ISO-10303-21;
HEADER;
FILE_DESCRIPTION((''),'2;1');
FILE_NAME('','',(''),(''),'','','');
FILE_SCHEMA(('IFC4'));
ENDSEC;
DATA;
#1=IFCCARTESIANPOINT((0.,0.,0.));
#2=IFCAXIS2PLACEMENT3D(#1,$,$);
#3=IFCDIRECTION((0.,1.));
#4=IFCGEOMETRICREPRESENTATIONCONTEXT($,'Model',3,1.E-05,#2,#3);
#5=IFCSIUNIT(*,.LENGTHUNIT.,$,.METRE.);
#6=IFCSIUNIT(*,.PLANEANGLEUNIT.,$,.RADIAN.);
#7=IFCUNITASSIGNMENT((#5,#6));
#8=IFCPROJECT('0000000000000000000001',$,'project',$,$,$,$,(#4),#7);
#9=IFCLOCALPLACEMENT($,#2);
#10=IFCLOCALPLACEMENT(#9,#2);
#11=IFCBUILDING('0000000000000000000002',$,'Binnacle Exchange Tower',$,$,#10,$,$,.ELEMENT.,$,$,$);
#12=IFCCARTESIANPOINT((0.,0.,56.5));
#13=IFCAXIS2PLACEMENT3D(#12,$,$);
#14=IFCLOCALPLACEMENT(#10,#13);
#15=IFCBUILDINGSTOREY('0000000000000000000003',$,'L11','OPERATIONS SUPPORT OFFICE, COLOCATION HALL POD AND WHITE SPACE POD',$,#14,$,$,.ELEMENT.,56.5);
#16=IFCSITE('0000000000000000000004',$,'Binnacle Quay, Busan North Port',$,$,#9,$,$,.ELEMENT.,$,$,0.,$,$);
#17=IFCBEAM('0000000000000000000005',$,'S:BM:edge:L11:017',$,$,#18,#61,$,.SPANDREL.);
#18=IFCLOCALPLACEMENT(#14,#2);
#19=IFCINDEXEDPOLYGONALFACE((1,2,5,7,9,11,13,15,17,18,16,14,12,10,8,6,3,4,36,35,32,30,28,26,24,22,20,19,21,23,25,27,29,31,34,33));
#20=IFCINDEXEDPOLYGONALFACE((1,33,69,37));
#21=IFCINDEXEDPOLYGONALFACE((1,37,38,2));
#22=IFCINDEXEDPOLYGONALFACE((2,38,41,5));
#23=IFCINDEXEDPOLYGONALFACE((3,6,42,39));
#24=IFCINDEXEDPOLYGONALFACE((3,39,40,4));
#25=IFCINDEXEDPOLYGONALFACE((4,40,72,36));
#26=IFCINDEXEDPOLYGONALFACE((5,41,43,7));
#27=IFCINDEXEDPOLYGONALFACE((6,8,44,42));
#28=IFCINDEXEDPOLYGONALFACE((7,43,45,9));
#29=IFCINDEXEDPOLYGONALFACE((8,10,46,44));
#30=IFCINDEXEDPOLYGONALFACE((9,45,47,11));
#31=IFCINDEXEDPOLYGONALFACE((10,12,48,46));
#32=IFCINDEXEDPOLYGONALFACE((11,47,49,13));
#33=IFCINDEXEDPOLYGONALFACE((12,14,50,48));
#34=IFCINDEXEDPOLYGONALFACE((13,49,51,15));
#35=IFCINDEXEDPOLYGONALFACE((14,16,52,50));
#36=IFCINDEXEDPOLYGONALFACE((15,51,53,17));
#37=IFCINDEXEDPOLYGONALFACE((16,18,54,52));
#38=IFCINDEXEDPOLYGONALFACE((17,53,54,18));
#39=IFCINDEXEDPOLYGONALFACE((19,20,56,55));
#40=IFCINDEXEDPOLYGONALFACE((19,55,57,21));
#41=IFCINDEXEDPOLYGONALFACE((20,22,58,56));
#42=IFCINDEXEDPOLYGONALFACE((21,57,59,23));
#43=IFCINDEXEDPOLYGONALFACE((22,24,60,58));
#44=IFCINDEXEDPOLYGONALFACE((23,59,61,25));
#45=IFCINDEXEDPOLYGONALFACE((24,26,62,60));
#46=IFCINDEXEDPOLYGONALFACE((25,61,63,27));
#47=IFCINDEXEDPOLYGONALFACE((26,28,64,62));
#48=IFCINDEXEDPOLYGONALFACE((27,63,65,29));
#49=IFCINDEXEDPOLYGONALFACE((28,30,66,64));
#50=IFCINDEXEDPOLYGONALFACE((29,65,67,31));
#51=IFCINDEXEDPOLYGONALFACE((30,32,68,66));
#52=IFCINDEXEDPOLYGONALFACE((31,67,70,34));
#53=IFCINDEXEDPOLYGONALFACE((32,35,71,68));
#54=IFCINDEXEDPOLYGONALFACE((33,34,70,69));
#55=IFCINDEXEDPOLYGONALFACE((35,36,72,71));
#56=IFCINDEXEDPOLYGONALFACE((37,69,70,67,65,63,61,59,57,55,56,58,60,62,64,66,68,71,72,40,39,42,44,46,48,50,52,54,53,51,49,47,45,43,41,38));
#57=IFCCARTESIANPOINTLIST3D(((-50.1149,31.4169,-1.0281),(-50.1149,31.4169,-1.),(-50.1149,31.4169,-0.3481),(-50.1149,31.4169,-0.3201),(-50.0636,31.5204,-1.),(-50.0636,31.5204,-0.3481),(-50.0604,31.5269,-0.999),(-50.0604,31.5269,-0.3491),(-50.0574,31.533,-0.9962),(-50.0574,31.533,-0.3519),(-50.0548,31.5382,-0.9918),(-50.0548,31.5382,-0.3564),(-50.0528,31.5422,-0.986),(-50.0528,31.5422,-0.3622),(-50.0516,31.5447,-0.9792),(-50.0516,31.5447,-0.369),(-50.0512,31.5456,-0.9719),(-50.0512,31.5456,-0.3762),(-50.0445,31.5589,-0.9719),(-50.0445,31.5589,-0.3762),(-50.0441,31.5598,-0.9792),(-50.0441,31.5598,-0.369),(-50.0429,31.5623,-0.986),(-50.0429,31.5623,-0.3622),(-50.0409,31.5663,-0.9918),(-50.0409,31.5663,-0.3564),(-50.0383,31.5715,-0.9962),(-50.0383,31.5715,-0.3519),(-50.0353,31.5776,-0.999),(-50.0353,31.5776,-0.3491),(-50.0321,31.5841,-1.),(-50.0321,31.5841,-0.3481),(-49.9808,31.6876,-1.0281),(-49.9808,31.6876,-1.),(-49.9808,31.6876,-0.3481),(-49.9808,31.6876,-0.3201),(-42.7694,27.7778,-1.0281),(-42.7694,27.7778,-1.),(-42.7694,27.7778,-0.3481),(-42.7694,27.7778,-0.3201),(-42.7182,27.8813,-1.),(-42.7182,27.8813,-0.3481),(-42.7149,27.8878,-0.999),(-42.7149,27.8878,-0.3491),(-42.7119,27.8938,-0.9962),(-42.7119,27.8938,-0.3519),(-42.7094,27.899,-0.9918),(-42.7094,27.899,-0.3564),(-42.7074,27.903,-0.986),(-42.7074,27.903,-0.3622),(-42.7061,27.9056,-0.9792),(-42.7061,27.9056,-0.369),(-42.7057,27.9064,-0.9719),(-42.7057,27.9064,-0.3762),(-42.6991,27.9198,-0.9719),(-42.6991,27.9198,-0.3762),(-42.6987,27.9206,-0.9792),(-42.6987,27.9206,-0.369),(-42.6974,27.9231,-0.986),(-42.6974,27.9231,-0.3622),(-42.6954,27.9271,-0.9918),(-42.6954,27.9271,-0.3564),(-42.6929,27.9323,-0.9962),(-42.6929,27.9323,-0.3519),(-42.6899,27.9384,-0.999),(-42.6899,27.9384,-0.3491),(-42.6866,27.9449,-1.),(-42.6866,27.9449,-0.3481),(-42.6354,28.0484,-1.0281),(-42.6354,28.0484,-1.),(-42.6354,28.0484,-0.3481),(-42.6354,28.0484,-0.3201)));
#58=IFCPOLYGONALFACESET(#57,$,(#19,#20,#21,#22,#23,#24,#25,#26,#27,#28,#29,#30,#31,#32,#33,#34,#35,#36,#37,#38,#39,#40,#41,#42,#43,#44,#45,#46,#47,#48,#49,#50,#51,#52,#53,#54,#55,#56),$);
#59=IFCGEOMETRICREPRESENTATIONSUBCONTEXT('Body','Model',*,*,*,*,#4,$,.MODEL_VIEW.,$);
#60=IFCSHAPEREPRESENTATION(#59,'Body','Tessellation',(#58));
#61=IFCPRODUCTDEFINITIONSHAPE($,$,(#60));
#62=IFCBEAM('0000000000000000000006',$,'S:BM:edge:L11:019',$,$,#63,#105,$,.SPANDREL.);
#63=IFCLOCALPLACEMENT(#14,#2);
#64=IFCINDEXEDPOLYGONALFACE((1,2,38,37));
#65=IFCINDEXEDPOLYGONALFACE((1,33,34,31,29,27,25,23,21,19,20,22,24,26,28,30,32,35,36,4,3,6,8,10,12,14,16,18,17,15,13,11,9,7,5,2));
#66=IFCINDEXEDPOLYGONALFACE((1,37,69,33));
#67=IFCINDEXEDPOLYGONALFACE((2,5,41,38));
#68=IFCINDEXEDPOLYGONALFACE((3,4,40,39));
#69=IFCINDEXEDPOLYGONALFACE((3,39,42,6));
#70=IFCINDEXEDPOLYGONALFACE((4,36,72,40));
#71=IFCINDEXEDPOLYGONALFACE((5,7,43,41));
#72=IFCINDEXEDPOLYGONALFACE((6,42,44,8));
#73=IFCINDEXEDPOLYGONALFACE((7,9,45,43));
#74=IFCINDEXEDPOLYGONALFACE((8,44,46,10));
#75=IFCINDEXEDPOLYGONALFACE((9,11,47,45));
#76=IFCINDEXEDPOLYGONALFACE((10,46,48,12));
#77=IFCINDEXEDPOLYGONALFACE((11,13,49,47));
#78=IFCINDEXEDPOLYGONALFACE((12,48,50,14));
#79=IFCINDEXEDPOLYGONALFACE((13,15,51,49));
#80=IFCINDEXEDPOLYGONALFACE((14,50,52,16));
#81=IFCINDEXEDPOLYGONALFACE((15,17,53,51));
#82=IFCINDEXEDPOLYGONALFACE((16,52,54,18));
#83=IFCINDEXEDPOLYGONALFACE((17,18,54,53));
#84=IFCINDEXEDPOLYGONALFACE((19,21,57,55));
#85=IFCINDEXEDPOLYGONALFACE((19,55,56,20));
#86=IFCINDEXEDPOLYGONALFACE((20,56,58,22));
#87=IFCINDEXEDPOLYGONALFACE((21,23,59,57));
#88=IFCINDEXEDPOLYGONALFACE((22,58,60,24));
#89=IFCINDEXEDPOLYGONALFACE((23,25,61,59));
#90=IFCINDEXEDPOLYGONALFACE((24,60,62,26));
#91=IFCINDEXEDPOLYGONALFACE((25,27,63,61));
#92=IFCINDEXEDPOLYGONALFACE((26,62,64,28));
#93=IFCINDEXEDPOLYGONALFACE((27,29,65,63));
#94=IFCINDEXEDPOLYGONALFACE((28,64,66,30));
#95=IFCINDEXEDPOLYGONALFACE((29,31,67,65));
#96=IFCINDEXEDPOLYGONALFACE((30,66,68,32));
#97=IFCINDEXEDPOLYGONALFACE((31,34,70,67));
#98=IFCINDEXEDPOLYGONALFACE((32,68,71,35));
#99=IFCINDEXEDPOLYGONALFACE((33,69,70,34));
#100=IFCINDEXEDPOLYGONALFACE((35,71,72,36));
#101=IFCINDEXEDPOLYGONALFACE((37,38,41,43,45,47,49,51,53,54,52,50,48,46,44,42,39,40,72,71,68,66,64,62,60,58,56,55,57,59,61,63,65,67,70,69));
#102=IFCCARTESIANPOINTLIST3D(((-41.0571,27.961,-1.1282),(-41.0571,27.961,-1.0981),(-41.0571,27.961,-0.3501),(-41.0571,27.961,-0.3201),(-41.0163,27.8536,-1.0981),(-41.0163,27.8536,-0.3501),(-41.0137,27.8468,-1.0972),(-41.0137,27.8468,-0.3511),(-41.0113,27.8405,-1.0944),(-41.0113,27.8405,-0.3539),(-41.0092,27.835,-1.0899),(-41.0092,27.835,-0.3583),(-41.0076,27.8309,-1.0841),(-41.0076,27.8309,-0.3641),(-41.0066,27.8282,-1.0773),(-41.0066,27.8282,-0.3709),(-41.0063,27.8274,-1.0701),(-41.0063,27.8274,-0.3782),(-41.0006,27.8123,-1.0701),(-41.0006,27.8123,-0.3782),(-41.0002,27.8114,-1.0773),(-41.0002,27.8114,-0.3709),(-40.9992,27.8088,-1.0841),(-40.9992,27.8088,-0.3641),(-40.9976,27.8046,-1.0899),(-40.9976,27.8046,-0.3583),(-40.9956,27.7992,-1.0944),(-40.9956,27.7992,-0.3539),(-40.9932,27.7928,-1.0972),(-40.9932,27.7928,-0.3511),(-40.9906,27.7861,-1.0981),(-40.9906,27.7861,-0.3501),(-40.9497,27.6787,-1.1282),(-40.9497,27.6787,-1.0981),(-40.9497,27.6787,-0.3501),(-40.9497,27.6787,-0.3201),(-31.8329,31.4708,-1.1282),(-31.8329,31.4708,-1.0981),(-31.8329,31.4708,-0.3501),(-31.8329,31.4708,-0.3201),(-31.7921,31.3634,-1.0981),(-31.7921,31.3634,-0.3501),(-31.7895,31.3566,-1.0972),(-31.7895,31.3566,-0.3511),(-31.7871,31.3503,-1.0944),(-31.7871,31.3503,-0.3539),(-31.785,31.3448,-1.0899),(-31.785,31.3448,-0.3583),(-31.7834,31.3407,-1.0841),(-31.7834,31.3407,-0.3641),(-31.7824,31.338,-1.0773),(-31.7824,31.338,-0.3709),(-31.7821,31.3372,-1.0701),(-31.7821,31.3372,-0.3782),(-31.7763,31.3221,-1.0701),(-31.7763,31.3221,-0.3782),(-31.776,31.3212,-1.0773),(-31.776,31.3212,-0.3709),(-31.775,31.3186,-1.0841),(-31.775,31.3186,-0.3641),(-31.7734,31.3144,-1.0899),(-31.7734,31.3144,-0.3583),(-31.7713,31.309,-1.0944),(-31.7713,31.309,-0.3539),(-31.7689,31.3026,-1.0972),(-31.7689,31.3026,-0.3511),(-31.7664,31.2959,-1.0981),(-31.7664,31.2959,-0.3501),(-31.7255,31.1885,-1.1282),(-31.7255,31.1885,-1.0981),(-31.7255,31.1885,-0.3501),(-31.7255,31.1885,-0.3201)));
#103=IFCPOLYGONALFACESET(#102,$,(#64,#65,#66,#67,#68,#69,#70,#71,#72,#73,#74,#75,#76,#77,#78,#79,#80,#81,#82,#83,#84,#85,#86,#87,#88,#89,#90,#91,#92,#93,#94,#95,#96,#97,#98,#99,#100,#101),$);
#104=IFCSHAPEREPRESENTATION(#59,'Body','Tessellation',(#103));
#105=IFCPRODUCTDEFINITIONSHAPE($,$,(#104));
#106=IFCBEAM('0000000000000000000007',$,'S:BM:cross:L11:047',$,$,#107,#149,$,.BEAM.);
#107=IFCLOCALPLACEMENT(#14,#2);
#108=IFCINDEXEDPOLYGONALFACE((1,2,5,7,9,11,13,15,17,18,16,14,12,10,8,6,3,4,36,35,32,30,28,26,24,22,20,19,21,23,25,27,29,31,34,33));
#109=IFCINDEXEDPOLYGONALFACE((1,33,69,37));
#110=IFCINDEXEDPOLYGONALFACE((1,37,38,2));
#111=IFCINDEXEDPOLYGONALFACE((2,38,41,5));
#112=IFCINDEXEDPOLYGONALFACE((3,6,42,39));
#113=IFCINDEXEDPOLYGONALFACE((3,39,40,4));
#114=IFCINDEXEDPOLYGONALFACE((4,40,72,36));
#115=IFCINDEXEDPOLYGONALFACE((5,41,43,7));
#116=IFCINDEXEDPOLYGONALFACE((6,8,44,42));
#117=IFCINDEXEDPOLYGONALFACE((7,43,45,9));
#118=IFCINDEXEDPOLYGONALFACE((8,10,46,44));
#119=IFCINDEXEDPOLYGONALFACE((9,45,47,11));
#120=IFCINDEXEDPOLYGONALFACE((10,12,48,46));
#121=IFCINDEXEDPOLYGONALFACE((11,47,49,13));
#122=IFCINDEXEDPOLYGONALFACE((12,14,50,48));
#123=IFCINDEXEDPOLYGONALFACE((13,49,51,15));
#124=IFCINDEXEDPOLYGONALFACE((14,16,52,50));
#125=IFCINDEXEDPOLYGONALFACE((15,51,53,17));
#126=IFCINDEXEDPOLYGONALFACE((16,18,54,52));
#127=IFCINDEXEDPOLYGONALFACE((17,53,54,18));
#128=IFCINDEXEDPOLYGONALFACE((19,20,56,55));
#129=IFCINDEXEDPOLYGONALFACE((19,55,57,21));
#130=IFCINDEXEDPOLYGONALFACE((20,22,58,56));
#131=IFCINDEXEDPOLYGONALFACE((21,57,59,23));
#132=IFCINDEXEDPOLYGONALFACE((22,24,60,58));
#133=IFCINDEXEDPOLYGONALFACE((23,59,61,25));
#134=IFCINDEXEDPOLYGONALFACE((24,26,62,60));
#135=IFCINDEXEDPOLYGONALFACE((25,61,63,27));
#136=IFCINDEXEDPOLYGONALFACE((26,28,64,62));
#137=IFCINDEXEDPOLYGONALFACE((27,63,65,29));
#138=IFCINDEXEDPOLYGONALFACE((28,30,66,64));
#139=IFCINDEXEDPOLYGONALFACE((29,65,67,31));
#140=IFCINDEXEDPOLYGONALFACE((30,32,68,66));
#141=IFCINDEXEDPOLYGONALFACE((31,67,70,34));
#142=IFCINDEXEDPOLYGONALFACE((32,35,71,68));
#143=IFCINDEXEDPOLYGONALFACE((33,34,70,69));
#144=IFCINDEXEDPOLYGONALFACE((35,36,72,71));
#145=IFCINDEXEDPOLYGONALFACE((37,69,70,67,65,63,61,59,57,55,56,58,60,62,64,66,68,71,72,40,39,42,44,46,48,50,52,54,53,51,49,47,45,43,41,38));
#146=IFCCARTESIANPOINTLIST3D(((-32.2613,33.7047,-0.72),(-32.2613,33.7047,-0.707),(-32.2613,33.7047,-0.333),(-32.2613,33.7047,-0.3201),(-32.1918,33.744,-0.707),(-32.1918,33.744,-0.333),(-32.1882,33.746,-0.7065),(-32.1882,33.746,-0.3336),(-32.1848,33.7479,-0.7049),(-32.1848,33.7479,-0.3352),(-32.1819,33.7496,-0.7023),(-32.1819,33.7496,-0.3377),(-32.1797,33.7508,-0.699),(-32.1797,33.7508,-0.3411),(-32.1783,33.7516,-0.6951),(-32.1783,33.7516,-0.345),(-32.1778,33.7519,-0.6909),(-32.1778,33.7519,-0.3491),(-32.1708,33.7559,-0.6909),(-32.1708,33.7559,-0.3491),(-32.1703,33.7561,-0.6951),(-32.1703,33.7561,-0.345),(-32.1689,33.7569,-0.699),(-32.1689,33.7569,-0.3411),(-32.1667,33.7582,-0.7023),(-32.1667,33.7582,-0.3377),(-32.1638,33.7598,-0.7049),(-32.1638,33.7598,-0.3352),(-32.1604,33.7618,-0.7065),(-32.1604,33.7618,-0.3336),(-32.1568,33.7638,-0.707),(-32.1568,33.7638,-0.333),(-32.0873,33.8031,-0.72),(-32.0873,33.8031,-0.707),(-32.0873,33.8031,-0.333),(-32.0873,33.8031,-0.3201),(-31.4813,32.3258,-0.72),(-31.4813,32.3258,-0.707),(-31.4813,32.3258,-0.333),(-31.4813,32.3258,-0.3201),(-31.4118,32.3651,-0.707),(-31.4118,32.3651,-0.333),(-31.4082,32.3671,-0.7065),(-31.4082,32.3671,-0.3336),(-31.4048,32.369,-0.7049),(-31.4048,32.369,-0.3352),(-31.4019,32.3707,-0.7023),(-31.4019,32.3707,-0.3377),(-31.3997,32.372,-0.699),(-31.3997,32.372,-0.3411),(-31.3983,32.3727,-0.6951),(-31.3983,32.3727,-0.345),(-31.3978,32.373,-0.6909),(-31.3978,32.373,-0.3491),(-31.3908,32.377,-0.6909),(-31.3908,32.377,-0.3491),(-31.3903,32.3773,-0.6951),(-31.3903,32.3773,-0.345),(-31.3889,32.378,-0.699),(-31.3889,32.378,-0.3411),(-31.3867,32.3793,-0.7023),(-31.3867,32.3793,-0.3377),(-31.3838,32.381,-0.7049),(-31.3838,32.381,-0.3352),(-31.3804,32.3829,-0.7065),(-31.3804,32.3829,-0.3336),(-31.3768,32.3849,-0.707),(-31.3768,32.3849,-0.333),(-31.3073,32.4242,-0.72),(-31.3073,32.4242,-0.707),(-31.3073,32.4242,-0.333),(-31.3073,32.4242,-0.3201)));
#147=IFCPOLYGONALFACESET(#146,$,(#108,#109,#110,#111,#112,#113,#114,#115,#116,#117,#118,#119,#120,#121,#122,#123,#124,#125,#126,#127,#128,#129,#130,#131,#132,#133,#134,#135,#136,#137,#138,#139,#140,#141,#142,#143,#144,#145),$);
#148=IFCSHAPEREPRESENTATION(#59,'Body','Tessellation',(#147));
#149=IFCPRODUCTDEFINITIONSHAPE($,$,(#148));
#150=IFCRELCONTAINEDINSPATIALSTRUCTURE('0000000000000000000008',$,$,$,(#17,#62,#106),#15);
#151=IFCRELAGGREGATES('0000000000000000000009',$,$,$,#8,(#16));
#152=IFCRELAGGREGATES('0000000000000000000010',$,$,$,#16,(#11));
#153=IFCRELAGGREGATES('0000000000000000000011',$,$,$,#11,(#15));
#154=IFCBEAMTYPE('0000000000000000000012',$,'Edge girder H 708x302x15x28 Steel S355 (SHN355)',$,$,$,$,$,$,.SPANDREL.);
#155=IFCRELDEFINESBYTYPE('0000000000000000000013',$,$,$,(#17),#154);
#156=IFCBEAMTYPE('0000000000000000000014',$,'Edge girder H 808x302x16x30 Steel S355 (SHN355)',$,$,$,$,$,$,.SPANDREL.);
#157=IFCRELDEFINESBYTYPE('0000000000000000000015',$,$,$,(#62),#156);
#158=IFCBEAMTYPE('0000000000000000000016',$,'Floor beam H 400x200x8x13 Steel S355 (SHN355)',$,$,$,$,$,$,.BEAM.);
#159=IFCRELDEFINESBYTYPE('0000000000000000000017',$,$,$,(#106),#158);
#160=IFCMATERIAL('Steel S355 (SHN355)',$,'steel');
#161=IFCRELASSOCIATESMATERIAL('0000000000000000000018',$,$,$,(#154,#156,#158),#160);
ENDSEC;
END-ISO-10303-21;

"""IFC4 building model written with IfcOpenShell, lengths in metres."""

from ifc_helpers import new_model, si_unit, direction, frame, origin, origin_2d, place, context, subcontext, project, spatial, i_section, extrude, material, material_profile, profile_set, type_object, element, save


model = new_model("IFC4")

# Units and contexts
model_context = context("Model", 3, precision=1e-05, world=origin(), true_north=direction((0.0, 1.0)))
body_context = subcontext(model_context, "Body", "Model", "MODEL_VIEW")
ifc_project = project(units=[si_unit("LENGTHUNIT", "METRE"), si_unit("PLANEANGLEUNIT", "RADIAN")], contexts=[model_context])

# Site, building, storey
site_placement = place(None, origin())
site = spatial("IfcSite", under=ifc_project, at=site_placement, Name="Binnacle Quay, Busan North Port", CompositionType="ELEMENT", RefElevation=0.0)
building_placement = place(site_placement, origin())
building = spatial("IfcBuilding", under=site, at=building_placement, Name="Binnacle Exchange Tower", CompositionType="ELEMENT")
storey_placement = place(building_placement, frame((0.0, 0.0, 56.5)))
storey = spatial("IfcBuildingStorey", under=building, at=storey_placement, Name="L11", Description="OPERATIONS SUPPORT OFFICE, COLOCATION HALL POD AND WHITE SPACE POD", CompositionType="ELEMENT", Elevation=56.5)

# Beams
ifc_material_1 = material(Name="Steel S355 (SHN355)", Category="steel")
ifc_material_profile_1 = material_profile(ifc_material_1, i_section(OverallWidth=0.302, OverallDepth=0.708, WebThickness=0.0149, FlangeThickness=0.0281, FilletRadius=0.0281, at=origin_2d()), Name="H 708x302x15x28")
ifc_profile_set_1 = profile_set([ifc_material_profile_1], Name="Steel S355 (SHN355)")
beam_type_1 = type_object("IfcBeamType", Name="Edge girder H 708x302x15x28 Steel S355 (SHN355)", PredefinedType="SPANDREL", material=ifc_profile_set_1)
beam_1_placement = place(storey_placement, frame((-50.0479, 31.5522, -0.6741), z_axis=(0.896059, -0.443935, 0.0), x_axis=(0.443935, 0.896059, 0.0)))
element("IfcBeam", 1, at=beam_1_placement, inside=storey, type_object=beam_type_1, Name="S:BM:edge:L11:017", PredefinedType="SPANDREL", context=body_context, shape_type="SweptSolid", body=[
    extrude(i_section(OverallWidth=0.302, OverallDepth=0.708, WebThickness=0.0149, FlangeThickness=0.0281, FilletRadius=0.0281, at=origin_2d()), origin(), (0.0, 0.0, 1.0), 8.1975),
])
ifc_material_profile_2 = material_profile(ifc_material_1, i_section(OverallWidth=0.302, OverallDepth=0.8081, WebThickness=0.0161, FlangeThickness=0.03, FilletRadius=0.0281, at=origin_2d()), Name="H 808x302x16x30")
ifc_profile_set_2 = profile_set([ifc_material_profile_2], Name="Steel S355 (SHN355)")
beam_type_2 = type_object("IfcBeamType", Name="Edge girder H 808x302x16x30 Steel S355 (SHN355)", PredefinedType="SPANDREL", material=ifc_profile_set_2)
beam_2_placement = place(storey_placement, frame((-41.0034, 27.8198, -0.7241), z_axis=(0.934629, 0.355625, 0.0), x_axis=(-0.355625, 0.934629, 0.0)))
element("IfcBeam", 2, at=beam_2_placement, inside=storey, type_object=beam_type_2, Name="S:BM:edge:L11:019", PredefinedType="SPANDREL", context=body_context, shape_type="SweptSolid", body=[
    extrude(i_section(OverallWidth=0.302, OverallDepth=0.8081, WebThickness=0.0161, FlangeThickness=0.03, FilletRadius=0.0281, at=origin_2d()), origin(), (0.0, 0.0, 1.0), 9.8694),
])
ifc_material_profile_3 = material_profile(ifc_material_1, i_section(OverallWidth=0.2, OverallDepth=0.3999, WebThickness=0.0081, FlangeThickness=0.0129, FilletRadius=0.0161, at=origin_2d()), Name="H 400x200x8x13")
ifc_profile_set_3 = profile_set([ifc_material_profile_3], Name="Steel S355 (SHN355)")
beam_type_3 = type_object("IfcBeamType", Name="Floor beam H 400x200x8x13 Steel S355 (SHN355)", PredefinedType="BEAM", material=ifc_profile_set_3)
beam_3_placement = place(storey_placement, frame((-31.3943, 32.375, -0.52), z_axis=(-0.492367, 0.870388, 0.0), x_axis=(-0.870388, -0.492367, 0.0)))
element("IfcBeam", 3, at=beam_3_placement, inside=storey, type_object=beam_type_3, Name="S:BM:cross:L11:047", PredefinedType="BEAM", context=body_context, shape_type="SweptSolid", body=[
    extrude(i_section(OverallWidth=0.2, OverallDepth=0.3999, WebThickness=0.0081, FlangeThickness=0.0129, FilletRadius=0.0161, at=origin_2d()), origin(), (0.0, 0.0, 1.0), 1.5842),
])

save(model, "model.ifc")
